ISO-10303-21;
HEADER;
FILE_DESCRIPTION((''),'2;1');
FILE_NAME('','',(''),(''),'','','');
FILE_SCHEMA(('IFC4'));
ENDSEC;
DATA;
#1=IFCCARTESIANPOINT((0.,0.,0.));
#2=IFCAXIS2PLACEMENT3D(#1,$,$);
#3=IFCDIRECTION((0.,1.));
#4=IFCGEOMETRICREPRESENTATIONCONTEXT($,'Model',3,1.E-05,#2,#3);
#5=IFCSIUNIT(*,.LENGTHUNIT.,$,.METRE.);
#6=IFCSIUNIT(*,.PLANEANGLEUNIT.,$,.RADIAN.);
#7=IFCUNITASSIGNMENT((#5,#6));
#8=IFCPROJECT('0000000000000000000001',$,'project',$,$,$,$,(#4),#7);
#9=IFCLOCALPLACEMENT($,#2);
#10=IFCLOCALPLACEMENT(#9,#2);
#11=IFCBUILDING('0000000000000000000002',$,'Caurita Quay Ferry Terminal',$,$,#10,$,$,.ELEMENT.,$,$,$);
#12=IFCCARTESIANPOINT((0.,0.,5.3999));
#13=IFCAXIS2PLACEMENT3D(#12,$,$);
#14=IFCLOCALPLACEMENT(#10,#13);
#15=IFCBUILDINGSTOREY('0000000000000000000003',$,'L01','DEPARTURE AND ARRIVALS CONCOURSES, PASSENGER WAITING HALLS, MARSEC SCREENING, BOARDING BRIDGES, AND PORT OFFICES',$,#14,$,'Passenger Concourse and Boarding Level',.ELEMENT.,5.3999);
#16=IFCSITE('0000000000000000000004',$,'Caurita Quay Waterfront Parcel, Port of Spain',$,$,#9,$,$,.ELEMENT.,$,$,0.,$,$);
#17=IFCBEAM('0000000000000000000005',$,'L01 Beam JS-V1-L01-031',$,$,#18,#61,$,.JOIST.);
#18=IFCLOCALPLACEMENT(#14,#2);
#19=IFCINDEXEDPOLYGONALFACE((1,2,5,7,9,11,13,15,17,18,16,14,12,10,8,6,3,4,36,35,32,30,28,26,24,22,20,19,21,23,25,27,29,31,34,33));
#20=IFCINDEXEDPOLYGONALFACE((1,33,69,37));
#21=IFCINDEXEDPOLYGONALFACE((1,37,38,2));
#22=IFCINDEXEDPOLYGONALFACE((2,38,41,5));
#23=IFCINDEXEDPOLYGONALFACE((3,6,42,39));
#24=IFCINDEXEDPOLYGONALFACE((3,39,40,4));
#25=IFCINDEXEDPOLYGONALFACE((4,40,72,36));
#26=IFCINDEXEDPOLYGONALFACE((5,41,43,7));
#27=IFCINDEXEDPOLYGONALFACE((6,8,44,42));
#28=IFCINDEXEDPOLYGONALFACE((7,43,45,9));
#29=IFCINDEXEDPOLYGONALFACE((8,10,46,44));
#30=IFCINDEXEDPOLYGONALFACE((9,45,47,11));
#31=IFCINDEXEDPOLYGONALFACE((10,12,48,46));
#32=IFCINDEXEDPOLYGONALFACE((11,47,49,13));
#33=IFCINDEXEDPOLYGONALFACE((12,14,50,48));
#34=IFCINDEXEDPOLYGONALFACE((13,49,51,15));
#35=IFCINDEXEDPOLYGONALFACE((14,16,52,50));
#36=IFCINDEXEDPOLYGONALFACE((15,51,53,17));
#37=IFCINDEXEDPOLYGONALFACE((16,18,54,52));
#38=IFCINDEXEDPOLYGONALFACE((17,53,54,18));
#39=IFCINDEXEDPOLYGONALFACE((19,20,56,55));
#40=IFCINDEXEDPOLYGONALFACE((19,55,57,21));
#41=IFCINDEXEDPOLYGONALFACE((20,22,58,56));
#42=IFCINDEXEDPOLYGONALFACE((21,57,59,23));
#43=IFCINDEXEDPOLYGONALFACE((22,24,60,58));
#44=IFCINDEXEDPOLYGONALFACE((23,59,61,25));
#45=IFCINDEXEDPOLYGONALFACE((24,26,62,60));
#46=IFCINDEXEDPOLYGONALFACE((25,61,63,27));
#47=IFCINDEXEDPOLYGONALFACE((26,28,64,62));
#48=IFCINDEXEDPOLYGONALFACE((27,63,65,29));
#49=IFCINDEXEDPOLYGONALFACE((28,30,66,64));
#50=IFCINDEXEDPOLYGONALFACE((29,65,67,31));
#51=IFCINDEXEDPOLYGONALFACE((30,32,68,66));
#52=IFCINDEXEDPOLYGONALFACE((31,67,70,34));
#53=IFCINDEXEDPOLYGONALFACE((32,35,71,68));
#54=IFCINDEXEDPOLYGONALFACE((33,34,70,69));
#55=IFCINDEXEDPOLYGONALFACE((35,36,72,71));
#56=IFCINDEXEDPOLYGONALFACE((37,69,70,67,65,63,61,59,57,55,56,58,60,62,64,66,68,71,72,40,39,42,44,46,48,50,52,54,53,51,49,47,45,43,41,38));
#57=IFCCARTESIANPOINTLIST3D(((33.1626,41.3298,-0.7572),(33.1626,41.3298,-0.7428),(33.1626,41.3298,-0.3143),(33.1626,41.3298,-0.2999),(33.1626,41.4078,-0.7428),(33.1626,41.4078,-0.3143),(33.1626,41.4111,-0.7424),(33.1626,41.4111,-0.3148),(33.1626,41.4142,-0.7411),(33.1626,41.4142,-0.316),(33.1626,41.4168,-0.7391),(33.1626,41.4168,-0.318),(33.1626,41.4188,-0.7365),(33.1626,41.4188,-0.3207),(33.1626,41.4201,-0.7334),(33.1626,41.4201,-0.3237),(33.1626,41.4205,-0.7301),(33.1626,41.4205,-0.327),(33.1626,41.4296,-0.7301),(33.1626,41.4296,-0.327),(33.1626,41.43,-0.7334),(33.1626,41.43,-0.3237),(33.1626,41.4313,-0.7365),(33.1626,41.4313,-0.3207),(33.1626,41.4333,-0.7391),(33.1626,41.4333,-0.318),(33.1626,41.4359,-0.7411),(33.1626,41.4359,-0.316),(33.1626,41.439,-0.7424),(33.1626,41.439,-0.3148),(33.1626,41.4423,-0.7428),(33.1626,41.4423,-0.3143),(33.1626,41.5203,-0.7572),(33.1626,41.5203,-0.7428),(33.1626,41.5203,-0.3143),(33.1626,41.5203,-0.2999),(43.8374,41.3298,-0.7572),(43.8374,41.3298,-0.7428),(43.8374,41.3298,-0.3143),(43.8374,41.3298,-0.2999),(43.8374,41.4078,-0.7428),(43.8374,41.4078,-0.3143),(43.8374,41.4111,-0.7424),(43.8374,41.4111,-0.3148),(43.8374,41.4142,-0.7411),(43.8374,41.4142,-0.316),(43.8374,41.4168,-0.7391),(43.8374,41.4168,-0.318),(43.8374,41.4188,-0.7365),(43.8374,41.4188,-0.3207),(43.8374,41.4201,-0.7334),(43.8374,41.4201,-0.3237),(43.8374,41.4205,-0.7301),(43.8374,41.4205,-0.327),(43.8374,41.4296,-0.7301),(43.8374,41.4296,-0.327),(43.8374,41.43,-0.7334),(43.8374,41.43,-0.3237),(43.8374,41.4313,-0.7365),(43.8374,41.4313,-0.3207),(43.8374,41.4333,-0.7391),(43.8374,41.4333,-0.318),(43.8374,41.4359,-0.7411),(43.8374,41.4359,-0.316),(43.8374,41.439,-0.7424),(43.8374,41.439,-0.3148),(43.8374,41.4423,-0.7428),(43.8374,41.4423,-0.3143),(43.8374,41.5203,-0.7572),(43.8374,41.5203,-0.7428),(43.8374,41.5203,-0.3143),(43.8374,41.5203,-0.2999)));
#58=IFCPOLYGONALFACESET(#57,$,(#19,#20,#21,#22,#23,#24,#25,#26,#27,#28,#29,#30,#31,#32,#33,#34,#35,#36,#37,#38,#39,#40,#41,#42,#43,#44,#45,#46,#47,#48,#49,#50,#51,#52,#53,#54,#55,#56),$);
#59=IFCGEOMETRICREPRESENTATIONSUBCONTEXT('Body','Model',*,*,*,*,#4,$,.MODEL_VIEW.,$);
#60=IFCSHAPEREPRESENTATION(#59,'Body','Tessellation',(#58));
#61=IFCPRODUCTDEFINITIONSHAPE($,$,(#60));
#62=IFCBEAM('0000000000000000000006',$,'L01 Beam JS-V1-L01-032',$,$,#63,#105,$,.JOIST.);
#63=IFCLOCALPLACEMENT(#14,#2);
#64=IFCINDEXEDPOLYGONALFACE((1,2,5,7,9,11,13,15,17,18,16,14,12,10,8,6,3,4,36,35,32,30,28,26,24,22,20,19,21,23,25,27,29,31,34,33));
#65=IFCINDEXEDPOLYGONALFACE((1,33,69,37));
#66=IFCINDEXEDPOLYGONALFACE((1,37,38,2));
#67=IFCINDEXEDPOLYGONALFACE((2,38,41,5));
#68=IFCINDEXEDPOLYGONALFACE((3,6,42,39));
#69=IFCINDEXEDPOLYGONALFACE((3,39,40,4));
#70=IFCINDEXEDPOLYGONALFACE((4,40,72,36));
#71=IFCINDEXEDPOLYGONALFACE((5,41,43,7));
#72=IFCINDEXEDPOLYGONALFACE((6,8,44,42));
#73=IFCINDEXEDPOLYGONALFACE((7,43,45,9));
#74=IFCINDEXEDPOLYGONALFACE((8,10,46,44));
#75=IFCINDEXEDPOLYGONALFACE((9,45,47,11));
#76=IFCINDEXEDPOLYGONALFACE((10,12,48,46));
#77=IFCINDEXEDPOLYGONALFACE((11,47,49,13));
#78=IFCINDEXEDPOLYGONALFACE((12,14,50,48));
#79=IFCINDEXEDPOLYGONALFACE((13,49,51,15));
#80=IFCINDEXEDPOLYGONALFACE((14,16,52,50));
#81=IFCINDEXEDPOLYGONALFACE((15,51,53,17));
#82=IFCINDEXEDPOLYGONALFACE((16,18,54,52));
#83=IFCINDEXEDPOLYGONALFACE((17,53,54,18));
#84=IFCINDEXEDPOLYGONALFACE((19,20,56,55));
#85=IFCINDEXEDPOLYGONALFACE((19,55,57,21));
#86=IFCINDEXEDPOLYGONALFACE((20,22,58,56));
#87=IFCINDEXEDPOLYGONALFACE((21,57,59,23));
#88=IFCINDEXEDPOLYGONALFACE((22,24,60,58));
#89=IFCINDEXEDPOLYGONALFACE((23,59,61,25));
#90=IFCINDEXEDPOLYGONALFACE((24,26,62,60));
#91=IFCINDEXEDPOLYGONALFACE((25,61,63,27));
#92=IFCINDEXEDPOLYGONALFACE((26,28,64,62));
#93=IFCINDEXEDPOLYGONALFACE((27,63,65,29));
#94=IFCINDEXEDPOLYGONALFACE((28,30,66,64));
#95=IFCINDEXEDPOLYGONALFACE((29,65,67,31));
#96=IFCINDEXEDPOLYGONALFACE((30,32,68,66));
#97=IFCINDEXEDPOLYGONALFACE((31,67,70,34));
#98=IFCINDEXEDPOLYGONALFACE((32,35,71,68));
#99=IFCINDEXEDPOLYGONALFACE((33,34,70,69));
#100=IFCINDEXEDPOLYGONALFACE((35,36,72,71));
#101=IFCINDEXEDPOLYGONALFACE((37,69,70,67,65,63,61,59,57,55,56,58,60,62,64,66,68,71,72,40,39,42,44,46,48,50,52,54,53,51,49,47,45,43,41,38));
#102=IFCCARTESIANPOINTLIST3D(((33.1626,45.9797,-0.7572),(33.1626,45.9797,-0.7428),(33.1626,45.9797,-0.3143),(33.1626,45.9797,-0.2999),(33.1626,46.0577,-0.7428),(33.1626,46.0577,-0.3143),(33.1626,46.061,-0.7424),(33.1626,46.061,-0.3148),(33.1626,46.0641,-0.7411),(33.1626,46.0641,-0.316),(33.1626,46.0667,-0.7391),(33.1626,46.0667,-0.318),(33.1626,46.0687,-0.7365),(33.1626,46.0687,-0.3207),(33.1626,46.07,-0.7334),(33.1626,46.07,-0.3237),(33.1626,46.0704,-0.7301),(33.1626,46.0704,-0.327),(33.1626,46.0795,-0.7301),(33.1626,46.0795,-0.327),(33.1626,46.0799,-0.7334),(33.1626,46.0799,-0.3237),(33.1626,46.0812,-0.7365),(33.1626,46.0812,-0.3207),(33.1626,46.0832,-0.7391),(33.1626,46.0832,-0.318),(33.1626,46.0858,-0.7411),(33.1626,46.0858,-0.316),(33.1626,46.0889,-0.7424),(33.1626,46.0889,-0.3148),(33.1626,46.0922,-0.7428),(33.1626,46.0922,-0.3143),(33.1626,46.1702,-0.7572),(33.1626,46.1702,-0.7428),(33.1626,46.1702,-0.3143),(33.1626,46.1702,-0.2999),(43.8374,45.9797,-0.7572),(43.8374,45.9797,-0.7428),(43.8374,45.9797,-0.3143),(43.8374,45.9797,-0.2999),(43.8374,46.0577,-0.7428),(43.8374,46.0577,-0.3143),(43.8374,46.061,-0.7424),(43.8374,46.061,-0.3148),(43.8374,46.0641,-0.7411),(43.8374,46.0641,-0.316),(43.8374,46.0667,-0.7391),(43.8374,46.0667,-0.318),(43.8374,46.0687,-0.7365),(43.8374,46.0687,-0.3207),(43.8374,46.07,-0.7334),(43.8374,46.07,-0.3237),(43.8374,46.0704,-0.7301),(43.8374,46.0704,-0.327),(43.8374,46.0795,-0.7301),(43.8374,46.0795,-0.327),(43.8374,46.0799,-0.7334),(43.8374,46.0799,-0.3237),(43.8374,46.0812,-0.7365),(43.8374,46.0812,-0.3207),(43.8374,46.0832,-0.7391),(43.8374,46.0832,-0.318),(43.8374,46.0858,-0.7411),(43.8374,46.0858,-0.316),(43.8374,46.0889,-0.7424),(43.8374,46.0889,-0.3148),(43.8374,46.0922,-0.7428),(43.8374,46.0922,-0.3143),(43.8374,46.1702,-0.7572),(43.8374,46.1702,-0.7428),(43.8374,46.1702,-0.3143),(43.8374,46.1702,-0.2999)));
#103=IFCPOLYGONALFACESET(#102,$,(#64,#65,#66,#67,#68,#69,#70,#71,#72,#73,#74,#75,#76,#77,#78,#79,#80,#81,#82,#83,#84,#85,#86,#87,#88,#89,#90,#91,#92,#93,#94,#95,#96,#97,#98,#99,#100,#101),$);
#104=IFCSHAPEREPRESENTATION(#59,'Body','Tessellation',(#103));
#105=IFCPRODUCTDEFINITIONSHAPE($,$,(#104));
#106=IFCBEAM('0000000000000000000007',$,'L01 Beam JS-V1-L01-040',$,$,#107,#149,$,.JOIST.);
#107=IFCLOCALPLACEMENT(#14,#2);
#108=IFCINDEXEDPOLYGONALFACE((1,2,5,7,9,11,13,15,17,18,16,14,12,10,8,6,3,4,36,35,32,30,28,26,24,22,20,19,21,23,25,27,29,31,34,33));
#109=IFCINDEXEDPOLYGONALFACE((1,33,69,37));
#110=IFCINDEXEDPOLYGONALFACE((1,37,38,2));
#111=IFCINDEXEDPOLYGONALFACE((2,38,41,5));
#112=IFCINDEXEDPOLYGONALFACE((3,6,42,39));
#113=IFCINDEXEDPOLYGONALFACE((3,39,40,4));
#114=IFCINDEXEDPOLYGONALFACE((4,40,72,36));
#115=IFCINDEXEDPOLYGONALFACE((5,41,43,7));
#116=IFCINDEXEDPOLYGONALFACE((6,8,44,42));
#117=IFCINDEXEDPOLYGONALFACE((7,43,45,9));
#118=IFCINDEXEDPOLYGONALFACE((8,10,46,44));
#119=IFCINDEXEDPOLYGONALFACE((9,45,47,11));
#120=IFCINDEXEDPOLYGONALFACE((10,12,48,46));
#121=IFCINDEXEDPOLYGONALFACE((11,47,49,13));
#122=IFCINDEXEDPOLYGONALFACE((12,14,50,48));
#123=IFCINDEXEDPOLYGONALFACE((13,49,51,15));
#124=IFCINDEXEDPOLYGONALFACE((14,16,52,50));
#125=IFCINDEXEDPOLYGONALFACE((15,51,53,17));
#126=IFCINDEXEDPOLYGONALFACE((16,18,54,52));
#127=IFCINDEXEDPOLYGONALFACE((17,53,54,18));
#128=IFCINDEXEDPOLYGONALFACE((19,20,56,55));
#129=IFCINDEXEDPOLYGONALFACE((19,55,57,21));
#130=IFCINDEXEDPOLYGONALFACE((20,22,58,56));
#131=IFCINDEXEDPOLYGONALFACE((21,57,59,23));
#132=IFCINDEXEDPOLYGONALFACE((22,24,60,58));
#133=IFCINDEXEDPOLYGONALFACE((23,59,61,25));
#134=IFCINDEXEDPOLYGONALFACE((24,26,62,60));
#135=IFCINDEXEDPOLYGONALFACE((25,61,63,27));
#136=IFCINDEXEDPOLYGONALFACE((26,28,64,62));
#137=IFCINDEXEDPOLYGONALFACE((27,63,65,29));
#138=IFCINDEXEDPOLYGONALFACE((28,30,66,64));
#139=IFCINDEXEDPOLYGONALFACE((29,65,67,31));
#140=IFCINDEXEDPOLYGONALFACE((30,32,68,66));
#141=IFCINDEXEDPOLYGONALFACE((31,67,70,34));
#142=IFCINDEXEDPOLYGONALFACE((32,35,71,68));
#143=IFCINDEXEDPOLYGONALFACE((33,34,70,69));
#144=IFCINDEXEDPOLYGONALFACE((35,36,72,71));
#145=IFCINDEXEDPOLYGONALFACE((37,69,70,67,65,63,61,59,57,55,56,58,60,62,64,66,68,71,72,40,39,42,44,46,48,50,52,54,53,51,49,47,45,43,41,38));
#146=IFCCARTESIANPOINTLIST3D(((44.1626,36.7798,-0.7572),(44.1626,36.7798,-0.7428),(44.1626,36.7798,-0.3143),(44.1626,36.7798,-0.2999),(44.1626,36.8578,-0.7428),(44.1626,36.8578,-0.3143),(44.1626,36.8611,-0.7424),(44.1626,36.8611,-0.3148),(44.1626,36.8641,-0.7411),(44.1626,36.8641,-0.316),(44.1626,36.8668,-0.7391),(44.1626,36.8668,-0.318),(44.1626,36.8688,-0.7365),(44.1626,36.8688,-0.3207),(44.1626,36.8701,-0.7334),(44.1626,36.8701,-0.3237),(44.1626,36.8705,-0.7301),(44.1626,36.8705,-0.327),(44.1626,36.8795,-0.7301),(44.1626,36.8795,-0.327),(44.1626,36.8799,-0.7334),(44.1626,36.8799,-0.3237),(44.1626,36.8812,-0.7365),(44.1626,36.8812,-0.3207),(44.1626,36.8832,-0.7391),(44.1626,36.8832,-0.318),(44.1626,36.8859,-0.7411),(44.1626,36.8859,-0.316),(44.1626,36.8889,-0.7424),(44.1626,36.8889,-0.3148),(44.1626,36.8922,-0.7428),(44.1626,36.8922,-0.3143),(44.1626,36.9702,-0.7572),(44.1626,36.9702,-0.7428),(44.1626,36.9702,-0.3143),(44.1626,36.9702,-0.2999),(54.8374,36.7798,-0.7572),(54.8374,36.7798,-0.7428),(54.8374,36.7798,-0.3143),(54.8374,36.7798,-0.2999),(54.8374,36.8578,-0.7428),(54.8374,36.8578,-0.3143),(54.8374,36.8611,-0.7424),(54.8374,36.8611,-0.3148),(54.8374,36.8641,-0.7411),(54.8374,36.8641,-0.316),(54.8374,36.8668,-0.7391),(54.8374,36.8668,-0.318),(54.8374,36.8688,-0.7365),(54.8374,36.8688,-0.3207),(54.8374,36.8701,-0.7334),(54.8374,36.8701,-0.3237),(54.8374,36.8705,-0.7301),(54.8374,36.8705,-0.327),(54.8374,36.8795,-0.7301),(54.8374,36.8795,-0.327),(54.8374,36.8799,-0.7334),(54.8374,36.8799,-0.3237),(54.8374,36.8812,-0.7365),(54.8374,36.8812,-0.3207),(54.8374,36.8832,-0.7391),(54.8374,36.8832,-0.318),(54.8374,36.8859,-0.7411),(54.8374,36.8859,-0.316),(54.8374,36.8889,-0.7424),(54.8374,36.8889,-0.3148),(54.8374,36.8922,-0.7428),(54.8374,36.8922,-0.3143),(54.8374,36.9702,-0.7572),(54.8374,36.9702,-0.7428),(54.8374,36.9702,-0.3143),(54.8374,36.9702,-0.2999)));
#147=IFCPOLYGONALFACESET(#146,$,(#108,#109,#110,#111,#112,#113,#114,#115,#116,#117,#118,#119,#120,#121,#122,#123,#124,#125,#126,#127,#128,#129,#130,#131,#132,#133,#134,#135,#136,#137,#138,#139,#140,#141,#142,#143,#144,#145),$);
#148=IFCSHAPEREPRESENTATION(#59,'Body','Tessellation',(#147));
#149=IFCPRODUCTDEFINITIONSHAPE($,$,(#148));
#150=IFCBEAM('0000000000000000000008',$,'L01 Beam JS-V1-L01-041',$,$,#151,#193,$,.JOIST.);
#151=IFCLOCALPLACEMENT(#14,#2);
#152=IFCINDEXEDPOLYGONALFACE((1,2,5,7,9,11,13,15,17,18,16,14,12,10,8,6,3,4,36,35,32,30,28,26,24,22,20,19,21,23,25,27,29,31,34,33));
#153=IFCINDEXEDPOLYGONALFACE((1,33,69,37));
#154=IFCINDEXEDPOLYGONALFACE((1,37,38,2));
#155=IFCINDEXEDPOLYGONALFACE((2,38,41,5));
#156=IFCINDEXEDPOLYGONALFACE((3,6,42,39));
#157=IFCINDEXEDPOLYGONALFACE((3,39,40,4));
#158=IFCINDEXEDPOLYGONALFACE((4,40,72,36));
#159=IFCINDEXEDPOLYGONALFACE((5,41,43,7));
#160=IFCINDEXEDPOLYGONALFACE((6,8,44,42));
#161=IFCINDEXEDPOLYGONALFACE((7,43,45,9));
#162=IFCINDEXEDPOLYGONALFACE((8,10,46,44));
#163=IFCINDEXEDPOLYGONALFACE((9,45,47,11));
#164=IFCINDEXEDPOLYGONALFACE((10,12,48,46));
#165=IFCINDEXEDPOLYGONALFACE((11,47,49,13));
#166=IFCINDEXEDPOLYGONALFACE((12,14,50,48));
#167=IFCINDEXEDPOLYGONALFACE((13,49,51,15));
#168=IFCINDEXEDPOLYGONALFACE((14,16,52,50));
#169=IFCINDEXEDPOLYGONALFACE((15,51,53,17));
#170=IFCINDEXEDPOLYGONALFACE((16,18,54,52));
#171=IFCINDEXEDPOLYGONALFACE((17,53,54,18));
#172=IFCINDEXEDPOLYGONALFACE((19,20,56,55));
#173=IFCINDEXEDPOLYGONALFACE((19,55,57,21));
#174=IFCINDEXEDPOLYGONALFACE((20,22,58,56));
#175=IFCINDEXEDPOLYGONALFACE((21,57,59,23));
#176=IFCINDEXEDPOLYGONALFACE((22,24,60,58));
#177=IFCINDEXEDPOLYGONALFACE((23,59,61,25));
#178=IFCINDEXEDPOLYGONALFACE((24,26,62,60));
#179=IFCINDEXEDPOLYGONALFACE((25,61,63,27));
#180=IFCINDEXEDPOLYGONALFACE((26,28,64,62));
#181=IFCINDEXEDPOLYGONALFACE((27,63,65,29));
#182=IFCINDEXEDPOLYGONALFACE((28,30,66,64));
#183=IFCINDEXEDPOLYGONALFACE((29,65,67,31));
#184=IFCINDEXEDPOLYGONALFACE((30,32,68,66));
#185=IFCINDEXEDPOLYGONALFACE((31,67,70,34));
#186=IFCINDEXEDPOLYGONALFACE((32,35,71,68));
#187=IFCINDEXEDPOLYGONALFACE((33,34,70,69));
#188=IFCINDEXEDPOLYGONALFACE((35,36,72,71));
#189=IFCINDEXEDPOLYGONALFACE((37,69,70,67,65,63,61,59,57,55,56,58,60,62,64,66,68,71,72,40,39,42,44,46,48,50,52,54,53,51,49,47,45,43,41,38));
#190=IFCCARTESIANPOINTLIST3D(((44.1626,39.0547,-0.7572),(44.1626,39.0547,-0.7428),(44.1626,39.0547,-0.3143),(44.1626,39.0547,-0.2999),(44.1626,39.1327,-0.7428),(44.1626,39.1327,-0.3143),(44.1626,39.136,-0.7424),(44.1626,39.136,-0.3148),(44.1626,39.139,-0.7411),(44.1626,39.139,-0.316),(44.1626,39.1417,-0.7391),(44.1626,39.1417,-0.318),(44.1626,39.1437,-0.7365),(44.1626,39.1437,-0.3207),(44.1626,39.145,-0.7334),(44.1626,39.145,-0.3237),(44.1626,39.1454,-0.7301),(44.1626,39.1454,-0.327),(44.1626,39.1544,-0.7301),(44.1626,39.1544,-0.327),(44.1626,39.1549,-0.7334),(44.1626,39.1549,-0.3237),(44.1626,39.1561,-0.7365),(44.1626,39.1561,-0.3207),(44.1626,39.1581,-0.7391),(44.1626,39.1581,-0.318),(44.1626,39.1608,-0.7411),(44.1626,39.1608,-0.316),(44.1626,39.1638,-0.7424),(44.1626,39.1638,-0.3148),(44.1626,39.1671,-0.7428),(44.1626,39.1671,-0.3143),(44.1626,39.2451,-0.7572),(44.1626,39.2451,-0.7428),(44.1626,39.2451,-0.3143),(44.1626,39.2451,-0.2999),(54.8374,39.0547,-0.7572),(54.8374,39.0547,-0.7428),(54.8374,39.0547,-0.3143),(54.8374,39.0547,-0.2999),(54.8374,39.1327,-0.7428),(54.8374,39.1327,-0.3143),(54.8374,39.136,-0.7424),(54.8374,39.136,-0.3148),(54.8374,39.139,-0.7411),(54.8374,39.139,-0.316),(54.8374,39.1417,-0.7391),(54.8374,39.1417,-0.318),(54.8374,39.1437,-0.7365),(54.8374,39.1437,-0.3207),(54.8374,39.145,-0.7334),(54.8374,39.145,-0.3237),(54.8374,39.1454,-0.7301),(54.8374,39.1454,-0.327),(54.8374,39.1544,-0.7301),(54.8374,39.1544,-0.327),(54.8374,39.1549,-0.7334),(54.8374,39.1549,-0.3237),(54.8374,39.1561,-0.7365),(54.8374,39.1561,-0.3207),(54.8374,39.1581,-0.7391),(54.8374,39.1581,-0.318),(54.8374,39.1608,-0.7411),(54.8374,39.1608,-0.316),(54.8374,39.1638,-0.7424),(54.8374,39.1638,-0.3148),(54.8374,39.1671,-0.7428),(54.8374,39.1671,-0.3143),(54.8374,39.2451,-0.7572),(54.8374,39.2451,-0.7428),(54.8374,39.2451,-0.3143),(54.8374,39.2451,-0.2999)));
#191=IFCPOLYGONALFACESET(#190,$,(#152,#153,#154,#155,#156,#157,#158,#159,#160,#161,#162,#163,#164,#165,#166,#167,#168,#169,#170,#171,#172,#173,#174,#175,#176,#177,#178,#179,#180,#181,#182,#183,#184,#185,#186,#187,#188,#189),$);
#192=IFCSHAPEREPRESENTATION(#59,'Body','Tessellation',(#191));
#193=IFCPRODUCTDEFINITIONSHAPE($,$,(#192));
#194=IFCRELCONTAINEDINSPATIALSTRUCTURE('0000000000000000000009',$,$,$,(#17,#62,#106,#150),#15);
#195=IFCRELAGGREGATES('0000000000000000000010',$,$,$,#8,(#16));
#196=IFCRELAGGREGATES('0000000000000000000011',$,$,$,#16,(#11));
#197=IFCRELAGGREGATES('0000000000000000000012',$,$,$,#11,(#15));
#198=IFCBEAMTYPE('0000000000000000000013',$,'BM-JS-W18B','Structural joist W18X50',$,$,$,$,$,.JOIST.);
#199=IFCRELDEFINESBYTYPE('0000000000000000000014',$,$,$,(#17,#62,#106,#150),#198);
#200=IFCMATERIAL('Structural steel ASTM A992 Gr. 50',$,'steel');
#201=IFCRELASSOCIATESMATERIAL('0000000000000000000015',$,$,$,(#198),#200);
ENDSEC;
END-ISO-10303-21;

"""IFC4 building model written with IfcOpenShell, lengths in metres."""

from ifc_helpers import new_model, si_unit, direction, frame, origin, origin_2d, place, context, subcontext, project, spatial, i_section, extrude, material, material_profile, profile_set, type_object, element, save


model = new_model("IFC4")

# Units and contexts
model_context = context("Model", 3, precision=1e-05, world=origin(), true_north=direction((0.0, 1.0)))
body_context = subcontext(model_context, "Body", "Model", "MODEL_VIEW")
ifc_project = project(units=[si_unit("LENGTHUNIT", "METRE"), si_unit("PLANEANGLEUNIT", "RADIAN")], contexts=[model_context])

# Site, building, storey
site_placement = place(None, origin())
site = spatial("IfcSite", under=ifc_project, at=site_placement, Name="Caurita Quay Waterfront Parcel, Port of Spain", CompositionType="ELEMENT", RefElevation=0.0)
building_placement = place(site_placement, origin())
building = spatial("IfcBuilding", under=site, at=building_placement, Name="Caurita Quay Ferry Terminal", CompositionType="ELEMENT")
storey_placement = place(building_placement, frame((0.0, 0.0, 5.3999)))
storey = spatial("IfcBuildingStorey", under=building, at=storey_placement, Name="L01", Description="DEPARTURE AND ARRIVALS CONCOURSES, PASSENGER WAITING HALLS, MARSEC SCREENING, BOARDING BRIDGES, AND PORT OFFICES", LongName="Passenger Concourse and Boarding Level", CompositionType="ELEMENT", Elevation=5.3999)

# Beams
ifc_material_1 = material(Name="Structural steel ASTM A992 Gr. 50", Category="steel")
ifc_material_profile_1 = material_profile(ifc_material_1, i_section(OverallWidth=0.1904, OverallDepth=0.4573, WebThickness=0.009, FlangeThickness=0.0144, FilletRadius=0.0127, at=origin_2d()), Name="W18X50")
ifc_profile_set_1 = profile_set([ifc_material_profile_1], Name="Structural steel ASTM A992 Gr. 50")
beam_type_1 = type_object("IfcBeamType", Name="BM-JS-W18B", Description="Structural joist W18X50", PredefinedType="JOIST", material=ifc_profile_set_1)
for number, where, z_axis, x_axis, name in (
    (1, (33.1626, 41.425, -0.5286), (1.0, 0.0, 0.0), (0.0, 1.0, 0.0), "L01 Beam JS-V1-L01-031"),
    (2, (33.1626, 46.075, -0.5286), (1.0, 0.0, 0.0), (0.0, 1.0, 0.0), "L01 Beam JS-V1-L01-032"),
    (3, (44.1626, 36.875, -0.5286), (1.0, 0.0, 0.0), (0.0, 1.0, 0.0), "L01 Beam JS-V1-L01-040"),
    (4, (44.1626, 39.1499, -0.5286), (1.0, 0.0, 0.0), (0.0, 1.0, 0.0), "L01 Beam JS-V1-L01-041"),
):
    element("IfcBeam", number, at=place(storey_placement, frame(where, z_axis=z_axis, x_axis=x_axis)), inside=storey, type_object=beam_type_1, Name=name, PredefinedType="JOIST", context=body_context, shape_type="SweptSolid", body=[
        extrude(i_section(OverallWidth=0.1904, OverallDepth=0.4573, WebThickness=0.009, FlangeThickness=0.0144, FilletRadius=0.0127, at=origin_2d()), origin(), (0.0, 0.0, 1.0), 10.6748),
    ])

save(model, "model.ifc")
